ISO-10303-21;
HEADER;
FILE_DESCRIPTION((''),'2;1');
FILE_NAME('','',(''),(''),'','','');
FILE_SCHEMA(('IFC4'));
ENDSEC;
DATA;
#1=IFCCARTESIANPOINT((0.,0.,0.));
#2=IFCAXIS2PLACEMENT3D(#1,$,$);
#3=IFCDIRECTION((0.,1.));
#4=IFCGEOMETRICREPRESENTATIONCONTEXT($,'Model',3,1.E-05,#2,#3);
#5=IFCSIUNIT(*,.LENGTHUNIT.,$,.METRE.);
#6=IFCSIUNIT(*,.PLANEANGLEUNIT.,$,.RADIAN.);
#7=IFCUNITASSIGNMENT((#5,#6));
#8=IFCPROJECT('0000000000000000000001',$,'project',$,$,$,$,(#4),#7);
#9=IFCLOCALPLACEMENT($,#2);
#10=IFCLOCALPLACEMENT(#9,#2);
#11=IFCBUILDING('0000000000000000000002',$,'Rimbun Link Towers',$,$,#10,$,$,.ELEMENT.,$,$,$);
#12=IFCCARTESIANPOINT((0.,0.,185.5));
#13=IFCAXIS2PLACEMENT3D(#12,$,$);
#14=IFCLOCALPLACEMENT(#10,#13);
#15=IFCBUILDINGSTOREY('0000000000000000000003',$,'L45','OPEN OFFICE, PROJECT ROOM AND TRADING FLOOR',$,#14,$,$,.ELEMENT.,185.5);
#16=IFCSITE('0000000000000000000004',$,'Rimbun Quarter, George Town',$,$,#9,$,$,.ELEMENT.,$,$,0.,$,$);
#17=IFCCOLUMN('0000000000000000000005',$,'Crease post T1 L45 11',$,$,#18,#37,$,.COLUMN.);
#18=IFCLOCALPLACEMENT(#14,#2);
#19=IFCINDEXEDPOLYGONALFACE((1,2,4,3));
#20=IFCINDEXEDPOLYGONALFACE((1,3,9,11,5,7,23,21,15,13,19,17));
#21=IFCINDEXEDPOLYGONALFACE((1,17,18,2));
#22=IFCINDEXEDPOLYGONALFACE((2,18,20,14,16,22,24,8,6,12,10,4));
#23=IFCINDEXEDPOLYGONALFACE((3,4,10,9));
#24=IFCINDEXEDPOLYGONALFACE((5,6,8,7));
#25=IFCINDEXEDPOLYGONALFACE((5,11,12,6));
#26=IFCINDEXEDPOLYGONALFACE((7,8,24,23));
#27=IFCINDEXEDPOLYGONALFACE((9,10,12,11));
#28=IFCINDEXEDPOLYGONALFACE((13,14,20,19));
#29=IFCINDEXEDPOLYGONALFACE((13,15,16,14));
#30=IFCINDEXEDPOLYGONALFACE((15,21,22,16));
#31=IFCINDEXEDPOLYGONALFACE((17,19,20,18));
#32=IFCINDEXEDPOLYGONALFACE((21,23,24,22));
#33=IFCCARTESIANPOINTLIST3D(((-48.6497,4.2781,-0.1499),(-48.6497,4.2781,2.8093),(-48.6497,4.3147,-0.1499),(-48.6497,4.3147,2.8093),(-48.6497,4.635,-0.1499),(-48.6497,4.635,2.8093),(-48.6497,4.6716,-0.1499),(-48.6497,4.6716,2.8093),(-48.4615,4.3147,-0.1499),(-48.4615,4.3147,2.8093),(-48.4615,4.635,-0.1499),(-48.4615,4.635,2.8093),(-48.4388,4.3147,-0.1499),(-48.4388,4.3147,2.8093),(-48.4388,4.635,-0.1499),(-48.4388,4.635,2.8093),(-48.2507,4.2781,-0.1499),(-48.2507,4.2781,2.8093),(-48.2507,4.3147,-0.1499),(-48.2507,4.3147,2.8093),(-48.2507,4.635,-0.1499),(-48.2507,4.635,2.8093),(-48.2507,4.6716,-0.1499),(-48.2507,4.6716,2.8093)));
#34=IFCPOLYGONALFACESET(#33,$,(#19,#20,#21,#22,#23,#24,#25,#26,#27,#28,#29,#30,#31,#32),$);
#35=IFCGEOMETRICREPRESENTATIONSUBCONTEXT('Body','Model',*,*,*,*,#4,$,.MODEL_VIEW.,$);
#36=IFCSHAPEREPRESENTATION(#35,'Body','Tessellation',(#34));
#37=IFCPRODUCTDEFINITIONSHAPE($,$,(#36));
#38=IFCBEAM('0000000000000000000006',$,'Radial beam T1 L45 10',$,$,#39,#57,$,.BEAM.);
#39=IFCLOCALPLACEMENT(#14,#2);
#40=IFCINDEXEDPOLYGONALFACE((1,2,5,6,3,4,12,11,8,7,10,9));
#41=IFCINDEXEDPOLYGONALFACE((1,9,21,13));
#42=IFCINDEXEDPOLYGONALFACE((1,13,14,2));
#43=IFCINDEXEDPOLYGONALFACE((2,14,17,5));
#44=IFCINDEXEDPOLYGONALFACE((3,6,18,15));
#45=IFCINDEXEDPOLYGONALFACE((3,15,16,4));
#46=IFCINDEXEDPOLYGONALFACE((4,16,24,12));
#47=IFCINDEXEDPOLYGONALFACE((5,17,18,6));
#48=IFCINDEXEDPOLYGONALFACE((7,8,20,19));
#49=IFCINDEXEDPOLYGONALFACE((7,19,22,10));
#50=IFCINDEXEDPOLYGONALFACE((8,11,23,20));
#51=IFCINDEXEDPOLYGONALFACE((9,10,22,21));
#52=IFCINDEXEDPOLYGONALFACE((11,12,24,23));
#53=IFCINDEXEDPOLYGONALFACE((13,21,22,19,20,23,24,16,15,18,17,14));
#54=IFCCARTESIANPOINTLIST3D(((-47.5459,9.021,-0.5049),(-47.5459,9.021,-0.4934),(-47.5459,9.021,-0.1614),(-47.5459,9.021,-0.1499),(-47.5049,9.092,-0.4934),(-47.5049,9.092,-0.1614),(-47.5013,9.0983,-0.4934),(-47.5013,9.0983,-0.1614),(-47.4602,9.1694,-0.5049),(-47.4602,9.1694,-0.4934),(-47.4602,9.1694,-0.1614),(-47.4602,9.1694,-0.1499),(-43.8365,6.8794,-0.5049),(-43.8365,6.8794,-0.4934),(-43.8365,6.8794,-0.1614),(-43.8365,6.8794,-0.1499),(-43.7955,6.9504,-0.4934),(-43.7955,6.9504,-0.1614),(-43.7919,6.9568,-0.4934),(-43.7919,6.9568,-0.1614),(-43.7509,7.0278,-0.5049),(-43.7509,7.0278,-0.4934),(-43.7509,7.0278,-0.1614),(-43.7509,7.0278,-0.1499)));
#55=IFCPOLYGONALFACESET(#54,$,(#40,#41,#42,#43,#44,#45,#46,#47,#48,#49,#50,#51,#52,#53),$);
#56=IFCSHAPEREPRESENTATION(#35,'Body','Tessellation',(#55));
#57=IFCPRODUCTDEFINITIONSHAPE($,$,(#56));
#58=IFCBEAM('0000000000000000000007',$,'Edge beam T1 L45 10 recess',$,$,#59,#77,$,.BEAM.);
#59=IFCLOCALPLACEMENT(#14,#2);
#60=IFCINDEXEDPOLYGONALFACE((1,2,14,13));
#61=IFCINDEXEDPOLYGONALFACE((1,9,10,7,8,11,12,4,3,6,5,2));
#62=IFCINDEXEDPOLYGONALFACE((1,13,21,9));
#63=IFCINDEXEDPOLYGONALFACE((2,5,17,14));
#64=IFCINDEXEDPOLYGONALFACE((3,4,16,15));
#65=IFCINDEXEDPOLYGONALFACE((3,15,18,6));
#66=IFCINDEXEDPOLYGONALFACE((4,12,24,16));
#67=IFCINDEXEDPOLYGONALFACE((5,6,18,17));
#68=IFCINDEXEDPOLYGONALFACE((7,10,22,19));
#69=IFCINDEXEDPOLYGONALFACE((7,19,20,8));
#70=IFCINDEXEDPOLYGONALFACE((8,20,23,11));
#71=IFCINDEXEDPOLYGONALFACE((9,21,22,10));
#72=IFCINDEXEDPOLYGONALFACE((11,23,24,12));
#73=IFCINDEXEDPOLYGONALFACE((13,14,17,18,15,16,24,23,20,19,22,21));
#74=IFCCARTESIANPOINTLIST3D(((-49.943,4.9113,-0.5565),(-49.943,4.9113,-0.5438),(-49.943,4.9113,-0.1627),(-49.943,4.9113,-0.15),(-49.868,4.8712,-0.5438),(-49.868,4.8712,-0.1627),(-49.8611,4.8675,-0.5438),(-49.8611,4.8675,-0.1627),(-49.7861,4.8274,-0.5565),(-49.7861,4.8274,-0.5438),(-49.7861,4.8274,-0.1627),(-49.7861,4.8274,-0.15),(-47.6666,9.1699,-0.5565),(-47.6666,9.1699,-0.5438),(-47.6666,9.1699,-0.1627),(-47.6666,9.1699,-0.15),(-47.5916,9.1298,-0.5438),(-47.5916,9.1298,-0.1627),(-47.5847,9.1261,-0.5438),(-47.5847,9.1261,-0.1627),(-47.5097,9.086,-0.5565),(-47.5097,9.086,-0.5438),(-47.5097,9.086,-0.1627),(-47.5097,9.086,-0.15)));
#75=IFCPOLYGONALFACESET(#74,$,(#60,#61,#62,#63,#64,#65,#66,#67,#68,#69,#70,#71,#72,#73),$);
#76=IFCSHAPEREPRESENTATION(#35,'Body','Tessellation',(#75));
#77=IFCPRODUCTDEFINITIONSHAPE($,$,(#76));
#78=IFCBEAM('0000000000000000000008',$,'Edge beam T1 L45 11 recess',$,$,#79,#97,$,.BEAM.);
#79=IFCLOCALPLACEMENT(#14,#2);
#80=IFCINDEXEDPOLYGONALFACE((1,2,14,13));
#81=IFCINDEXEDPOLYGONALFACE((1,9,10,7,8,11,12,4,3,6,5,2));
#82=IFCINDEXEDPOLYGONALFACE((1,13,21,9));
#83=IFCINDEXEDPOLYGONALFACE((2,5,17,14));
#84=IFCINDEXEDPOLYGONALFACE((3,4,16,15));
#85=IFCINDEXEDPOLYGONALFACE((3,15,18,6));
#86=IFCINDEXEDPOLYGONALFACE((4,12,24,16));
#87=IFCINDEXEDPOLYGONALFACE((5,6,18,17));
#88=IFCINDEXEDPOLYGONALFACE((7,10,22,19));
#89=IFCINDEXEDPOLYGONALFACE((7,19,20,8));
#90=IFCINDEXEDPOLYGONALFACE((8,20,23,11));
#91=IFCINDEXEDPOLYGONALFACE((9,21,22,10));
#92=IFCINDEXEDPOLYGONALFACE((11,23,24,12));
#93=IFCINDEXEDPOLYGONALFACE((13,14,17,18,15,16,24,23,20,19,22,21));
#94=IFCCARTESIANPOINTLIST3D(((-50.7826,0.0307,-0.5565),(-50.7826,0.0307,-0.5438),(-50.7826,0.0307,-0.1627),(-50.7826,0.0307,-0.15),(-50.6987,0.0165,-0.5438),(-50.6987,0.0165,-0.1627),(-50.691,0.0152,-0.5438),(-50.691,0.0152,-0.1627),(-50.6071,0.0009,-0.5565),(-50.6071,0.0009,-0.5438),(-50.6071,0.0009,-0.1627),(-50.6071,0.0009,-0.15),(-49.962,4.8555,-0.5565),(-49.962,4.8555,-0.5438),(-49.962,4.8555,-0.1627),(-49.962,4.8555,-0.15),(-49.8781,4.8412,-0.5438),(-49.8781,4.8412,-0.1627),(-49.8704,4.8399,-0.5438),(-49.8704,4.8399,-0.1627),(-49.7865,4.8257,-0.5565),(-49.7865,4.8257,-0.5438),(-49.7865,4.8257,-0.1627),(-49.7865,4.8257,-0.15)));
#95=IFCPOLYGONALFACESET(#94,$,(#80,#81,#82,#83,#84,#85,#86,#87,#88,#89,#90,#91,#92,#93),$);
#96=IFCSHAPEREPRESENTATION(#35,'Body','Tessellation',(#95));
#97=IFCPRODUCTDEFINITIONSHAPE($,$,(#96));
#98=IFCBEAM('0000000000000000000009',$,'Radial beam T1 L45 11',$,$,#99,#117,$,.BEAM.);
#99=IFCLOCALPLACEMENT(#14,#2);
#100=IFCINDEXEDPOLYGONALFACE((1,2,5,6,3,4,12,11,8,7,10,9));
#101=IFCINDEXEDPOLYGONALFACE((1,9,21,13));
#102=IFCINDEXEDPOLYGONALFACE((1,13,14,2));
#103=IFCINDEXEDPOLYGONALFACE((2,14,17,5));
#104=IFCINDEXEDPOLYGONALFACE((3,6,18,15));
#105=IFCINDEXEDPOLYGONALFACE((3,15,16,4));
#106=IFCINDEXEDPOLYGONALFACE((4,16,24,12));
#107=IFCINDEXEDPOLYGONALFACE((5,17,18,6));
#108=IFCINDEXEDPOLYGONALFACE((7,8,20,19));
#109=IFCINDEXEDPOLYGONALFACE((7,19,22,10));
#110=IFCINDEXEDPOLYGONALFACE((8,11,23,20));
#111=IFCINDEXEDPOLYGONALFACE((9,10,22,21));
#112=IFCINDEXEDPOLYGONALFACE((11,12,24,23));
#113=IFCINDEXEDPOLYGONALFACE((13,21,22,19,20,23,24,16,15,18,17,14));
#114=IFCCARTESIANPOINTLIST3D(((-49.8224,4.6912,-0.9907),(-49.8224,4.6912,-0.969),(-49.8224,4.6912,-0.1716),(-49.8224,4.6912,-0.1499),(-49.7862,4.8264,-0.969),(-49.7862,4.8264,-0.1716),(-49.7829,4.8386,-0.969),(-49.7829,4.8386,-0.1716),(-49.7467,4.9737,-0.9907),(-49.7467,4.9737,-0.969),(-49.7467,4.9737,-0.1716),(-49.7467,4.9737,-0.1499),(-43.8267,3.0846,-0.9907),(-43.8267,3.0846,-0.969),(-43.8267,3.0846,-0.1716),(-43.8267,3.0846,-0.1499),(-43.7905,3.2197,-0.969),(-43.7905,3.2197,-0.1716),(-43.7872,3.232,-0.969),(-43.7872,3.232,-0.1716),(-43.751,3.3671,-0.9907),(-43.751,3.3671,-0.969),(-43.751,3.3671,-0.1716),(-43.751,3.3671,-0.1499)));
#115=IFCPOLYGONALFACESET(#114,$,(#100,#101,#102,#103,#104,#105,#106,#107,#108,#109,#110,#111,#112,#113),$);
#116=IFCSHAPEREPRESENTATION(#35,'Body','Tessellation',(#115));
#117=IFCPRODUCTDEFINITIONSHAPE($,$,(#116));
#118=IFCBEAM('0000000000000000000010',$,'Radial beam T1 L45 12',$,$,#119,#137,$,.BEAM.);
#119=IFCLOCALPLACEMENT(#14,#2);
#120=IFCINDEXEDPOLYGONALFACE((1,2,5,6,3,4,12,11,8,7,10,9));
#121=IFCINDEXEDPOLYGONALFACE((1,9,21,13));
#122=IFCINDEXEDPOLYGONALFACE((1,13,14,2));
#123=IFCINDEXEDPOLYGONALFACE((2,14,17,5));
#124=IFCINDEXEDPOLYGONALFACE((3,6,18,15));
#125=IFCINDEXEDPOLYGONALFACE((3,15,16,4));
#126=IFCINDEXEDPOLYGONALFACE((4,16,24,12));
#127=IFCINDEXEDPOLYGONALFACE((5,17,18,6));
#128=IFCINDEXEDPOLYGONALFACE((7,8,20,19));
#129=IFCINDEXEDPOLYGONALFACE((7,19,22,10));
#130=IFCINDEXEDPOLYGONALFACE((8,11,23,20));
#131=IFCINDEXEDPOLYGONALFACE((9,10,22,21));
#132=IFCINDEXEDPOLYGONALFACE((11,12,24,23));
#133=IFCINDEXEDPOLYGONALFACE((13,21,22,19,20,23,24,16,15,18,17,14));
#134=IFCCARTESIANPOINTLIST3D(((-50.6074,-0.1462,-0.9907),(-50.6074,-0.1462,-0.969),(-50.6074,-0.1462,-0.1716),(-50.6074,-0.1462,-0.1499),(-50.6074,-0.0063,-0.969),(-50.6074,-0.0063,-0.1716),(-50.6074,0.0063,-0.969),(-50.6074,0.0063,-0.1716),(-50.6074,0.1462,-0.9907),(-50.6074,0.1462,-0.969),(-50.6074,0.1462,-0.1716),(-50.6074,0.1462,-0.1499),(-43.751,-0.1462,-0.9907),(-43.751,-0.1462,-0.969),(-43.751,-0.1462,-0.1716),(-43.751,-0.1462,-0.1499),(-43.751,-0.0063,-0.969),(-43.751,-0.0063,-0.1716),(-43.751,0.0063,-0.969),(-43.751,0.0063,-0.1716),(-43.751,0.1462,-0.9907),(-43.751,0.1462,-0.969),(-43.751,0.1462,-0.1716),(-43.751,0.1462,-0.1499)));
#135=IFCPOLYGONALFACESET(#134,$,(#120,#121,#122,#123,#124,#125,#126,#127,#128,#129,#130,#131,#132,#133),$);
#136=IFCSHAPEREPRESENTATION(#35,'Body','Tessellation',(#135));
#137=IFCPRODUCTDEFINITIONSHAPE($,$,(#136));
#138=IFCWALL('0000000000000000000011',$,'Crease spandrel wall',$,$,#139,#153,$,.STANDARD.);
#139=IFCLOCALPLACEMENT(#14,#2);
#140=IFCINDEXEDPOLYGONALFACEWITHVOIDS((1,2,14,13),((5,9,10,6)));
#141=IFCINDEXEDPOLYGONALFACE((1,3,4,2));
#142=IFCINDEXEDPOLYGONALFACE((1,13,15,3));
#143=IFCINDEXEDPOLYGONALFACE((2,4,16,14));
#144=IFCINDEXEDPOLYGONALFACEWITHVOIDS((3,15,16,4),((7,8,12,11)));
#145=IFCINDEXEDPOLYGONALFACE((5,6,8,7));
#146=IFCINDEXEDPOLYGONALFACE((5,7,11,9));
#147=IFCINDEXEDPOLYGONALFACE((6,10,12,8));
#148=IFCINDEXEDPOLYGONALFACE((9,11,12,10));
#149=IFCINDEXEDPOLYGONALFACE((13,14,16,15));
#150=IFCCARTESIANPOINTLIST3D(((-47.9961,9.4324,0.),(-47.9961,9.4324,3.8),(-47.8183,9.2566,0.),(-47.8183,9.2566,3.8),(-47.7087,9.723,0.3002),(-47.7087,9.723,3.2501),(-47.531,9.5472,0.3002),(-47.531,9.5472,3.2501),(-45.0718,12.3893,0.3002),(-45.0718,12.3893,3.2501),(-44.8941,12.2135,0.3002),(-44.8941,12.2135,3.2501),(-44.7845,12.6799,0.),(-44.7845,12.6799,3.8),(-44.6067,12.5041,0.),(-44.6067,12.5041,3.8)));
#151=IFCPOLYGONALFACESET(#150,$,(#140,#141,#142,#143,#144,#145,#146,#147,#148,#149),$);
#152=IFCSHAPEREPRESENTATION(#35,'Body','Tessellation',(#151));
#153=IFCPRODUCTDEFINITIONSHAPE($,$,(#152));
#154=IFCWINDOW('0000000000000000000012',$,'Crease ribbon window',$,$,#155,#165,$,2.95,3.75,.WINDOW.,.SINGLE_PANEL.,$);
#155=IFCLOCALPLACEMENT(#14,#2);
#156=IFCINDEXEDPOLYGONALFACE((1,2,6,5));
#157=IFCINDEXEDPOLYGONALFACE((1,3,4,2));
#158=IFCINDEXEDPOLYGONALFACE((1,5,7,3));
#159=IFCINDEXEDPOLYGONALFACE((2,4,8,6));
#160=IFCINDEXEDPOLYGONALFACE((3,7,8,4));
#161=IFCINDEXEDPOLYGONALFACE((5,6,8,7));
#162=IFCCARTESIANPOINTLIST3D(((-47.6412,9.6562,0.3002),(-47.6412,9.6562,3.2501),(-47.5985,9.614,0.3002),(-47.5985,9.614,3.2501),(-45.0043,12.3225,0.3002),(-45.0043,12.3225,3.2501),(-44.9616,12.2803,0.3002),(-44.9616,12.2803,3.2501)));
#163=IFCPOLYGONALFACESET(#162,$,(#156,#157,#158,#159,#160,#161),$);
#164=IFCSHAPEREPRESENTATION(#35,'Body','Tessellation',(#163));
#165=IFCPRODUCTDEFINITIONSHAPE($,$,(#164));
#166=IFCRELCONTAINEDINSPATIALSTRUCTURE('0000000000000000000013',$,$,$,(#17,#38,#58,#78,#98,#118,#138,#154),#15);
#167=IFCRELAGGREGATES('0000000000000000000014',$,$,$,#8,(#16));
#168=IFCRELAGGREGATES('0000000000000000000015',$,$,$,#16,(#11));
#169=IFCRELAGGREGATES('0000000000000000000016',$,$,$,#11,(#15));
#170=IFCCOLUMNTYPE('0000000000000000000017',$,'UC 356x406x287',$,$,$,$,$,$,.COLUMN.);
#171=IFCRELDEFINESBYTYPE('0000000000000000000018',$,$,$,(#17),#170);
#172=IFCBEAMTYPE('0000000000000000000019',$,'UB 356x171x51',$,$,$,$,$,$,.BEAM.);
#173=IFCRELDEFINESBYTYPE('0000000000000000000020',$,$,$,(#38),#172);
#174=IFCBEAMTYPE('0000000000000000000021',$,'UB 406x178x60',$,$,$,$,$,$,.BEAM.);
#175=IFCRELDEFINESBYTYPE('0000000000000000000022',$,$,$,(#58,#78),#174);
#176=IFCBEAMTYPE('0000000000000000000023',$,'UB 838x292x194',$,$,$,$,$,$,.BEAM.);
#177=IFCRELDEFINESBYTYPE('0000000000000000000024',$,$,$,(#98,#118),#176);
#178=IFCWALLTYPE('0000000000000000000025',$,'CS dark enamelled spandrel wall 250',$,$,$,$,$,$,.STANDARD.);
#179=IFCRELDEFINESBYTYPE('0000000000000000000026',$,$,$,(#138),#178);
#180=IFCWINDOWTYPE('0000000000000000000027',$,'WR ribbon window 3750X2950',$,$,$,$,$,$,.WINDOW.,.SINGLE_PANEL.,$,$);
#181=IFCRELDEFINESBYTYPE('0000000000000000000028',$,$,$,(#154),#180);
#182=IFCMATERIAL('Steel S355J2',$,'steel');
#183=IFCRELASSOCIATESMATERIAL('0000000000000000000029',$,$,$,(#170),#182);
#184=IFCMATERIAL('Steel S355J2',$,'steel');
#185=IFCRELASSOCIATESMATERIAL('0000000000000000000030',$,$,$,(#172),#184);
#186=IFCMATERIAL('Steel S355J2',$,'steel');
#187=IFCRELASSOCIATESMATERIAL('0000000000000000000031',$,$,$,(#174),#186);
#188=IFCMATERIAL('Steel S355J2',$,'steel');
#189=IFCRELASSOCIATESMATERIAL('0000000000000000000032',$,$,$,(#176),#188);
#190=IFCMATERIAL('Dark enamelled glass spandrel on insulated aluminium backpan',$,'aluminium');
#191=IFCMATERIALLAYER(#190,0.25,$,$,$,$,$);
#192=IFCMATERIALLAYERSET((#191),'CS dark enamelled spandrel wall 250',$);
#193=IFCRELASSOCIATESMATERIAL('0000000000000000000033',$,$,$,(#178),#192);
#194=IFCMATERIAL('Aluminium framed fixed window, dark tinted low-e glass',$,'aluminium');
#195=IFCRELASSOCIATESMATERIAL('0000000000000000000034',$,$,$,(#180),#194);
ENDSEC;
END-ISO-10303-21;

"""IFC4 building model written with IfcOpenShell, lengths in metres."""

from ifc_helpers import new_model, si_unit, direction, frame, frame_2d, origin, origin_2d, place, context, subcontext, project, spatial, rectangle, i_section, extrude, material, layer, layer_set, material_profile, profile_set, type_object, element, fill, save


model = new_model("IFC4")

# Units and contexts
model_context = context("Model", 3, precision=1e-05, world=origin(), true_north=direction((0.0, 1.0)))
body_context = subcontext(model_context, "Body", "Model", "MODEL_VIEW")
ifc_project = project(units=[si_unit("LENGTHUNIT", "METRE"), si_unit("PLANEANGLEUNIT", "RADIAN")], contexts=[model_context])

# Site, building, storey
site_placement = place(None, origin())
site = spatial("IfcSite", under=ifc_project, at=site_placement, Name="Rimbun Quarter, George Town", CompositionType="ELEMENT", RefElevation=0.0)
building_placement = place(site_placement, origin())
building = spatial("IfcBuilding", under=site, at=building_placement, Name="Rimbun Link Towers", CompositionType="ELEMENT")
storey_placement = place(building_placement, frame((0.0, 0.0, 185.5)))
storey = spatial("IfcBuildingStorey", under=building, at=storey_placement, Name="L45", Description="OPEN OFFICE, PROJECT ROOM AND TRADING FLOOR", CompositionType="ELEMENT", Elevation=185.5)

# Column
ifc_material_1 = material(Name="Steel S355J2", Category="steel")
ifc_material_profile_1 = material_profile(ifc_material_1, i_section(OverallWidth=0.3989, OverallDepth=0.3936, WebThickness=0.0227, FlangeThickness=0.0366, at=origin_2d()), Name="UC 356x406x287")
ifc_profile_set_1 = profile_set([ifc_material_profile_1], Name="Steel S355J2")
column_type = type_object("IfcColumnType", Name="UC 356x406x287", PredefinedType="COLUMN", material=ifc_profile_set_1)
column_placement = place(storey_placement, frame((-48.4502, 4.4749, -0.1499), z_axis=(0.0, 0.0, 1.0), x_axis=(1.0, 0.0, 0.0)))
element("IfcColumn", 1, at=column_placement, inside=storey, type_object=column_type, Name="Crease post T1 L45 11", PredefinedType="COLUMN", context=body_context, shape_type="SweptSolid", body=[
    extrude(i_section(OverallWidth=0.3989, OverallDepth=0.3936, WebThickness=0.0227, FlangeThickness=0.0366, at=origin_2d()), origin(), (0.0, 0.0, 1.0), 2.9592),
])

# Beams
ifc_material_2 = material(Name="Steel S355J2", Category="steel")
ifc_material_profile_2 = material_profile(ifc_material_2, i_section(OverallWidth=0.1714, OverallDepth=0.355, WebThickness=0.0073, FlangeThickness=0.0115, at=origin_2d()), Name="UB 356x171x51")
ifc_profile_set_2 = profile_set([ifc_material_profile_2], Name="Steel S355J2")
beam_type_1 = type_object("IfcBeamType", Name="UB 356x171x51", PredefinedType="BEAM", material=ifc_profile_set_2)
beam_1_placement = place(storey_placement, frame((-43.7937, 6.9536, -0.3274), z_axis=(-0.866032, 0.499989, 0.0), x_axis=(-0.499989, -0.866032, 0.0)))
element("IfcBeam", 2, at=beam_1_placement, inside=storey, type_object=beam_type_1, Name="Radial beam T1 L45 10", PredefinedType="BEAM", context=body_context, shape_type="SweptSolid", body=[
    extrude(i_section(OverallWidth=0.1714, OverallDepth=0.355, WebThickness=0.0073, FlangeThickness=0.0115, at=origin_2d()), origin(), (0.0, 0.0, 1.0), 4.2832),
])
ifc_material_3 = material(Name="Steel S355J2", Category="steel")
ifc_material_profile_3 = material_profile(ifc_material_3, i_section(OverallWidth=0.178, OverallDepth=0.4065, WebThickness=0.0078, FlangeThickness=0.0127, at=origin_2d()), Name="UB 406x178x60")
ifc_profile_set_3 = profile_set([ifc_material_profile_3], Name="Steel S355J2")
beam_type_2 = type_object("IfcBeamType", Name="UB 406x178x60", PredefinedType="BEAM", material=ifc_profile_set_3)
beam_2_placement = place(storey_placement, frame((-47.5881, 9.1279, -0.3533), z_axis=(-0.471417, -0.88191, 0.0), x_axis=(0.88191, -0.471417, 0.0)))
element("IfcBeam", 3, at=beam_2_placement, inside=storey, type_object=beam_type_2, Name="Edge beam T1 L45 10 recess", PredefinedType="BEAM", context=body_context, shape_type="SweptSolid", body=[
    extrude(i_section(OverallWidth=0.178, OverallDepth=0.4065, WebThickness=0.0078, FlangeThickness=0.0127, at=origin_2d()), origin(), (0.0, 0.0, 1.0), 4.8289),
])
beam_3_placement = place(storey_placement, frame((-49.8743, 4.8406, -0.3533), z_axis=(-0.167666, -0.985844, 0.0), x_axis=(0.985844, -0.167666, 0.0)))
element("IfcBeam", 4, at=beam_3_placement, inside=storey, type_object=beam_type_2, Name="Edge beam T1 L45 11 recess", PredefinedType="BEAM", context=body_context, shape_type="SweptSolid", body=[
    extrude(i_section(OverallWidth=0.178, OverallDepth=0.4065, WebThickness=0.0078, FlangeThickness=0.0127, at=origin_2d()), origin(), (0.0, 0.0, 1.0), 4.894),
])
ifc_material_4 = material(Name="Steel S355J2", Category="steel")
ifc_material_profile_4 = material_profile(ifc_material_4, i_section(OverallWidth=0.2925, OverallDepth=0.8408, WebThickness=0.0127, FlangeThickness=0.0217, at=origin_2d()), Name="UB 838x292x194")
ifc_profile_set_4 = profile_set([ifc_material_profile_4], Name="Steel S355J2")
beam_type_3 = type_object("IfcBeamType", Name="UB 838x292x194", PredefinedType="BEAM", material=ifc_profile_set_4)
beam_4_placement = place(storey_placement, frame((-43.7888, 3.2258, -0.5703), z_axis=(-0.965922, 0.258835, 0.0), x_axis=(-0.258835, -0.965922, 0.0)))
element("IfcBeam", 5, at=beam_4_placement, inside=storey, type_object=beam_type_3, Name="Radial beam T1 L45 11", PredefinedType="BEAM", context=body_context, shape_type="SweptSolid", body=[
    extrude(i_section(OverallWidth=0.2925, OverallDepth=0.8408, WebThickness=0.0127, FlangeThickness=0.0217, at=origin_2d()), origin(), (0.0, 0.0, 1.0), 6.2073),
])
beam_5_placement = place(storey_placement, frame((-43.751, 0.0, -0.5703), z_axis=(-1.0, 0.0, 0.0), x_axis=(0.0, -1.0, 0.0)))
element("IfcBeam", 6, at=beam_5_placement, inside=storey, type_object=beam_type_3, Name="Radial beam T1 L45 12", PredefinedType="BEAM", context=body_context, shape_type="SweptSolid", body=[
    extrude(i_section(OverallWidth=0.2925, OverallDepth=0.8408, WebThickness=0.0127, FlangeThickness=0.0217, at=origin_2d()), origin(), (0.0, 0.0, 1.0), 6.8564),
])

# Wall, opening, window
ifc_material_5 = material(Name="Dark enamelled glass spandrel on insulated aluminium backpan", Category="aluminium")
ifc_layer_1 = layer(ifc_material_5, 0.25)
ifc_layer_set_1 = layer_set([ifc_layer_1], Name="CS dark enamelled spandrel wall 250")
wall_type_1 = type_object("IfcWallType", Name="CS dark enamelled spandrel wall 250", PredefinedType="STANDARD", material=ifc_layer_set_1)
wall_1_placement = place(storey_placement, frame((-47.9072, 9.3445, 0.0), z_axis=(0.0, 0.0, 1.0), x_axis=(0.703167, 0.711025, 0.0)))
wall_1 = element("IfcWall", 7, at=wall_1_placement, inside=storey, type_object=wall_type_1, Name="Crease spandrel wall", PredefinedType="STANDARD", context=body_context, shape_type="SweptSolid", body=[
    extrude(rectangle(XDim=4.5674, YDim=0.25, at=frame_2d((2.2837, 0.0))), origin(), (0.0, 0.0, 1.0), 3.8),
])
opening_1_placement = place(wall_1_placement, frame((0.4087, 0.0, 0.3)))
opening_1 = element("IfcOpeningElement", 8, at=opening_1_placement, cuts=wall_1, PredefinedType="OPENING", context=body_context, shape_type="SweptSolid", body=[
    extrude(rectangle(XDim=3.75, YDim=2.95, at=frame_2d((1.875, 1.4751))), frame((0.0, 0.135, 0.0), z_axis=(0.0, -1.0, 0.0), x_axis=(1.0, 0.0, 0.0)), (0.0, 0.0, 1.0), 0.27),
])
ifc_material_6 = material(Name="Aluminium framed fixed window, dark tinted low-e glass", Category="aluminium")
window_type_1 = type_object("IfcWindowType", Name="WR ribbon window 3750X2950", PartitioningType="SINGLE_PANEL", PredefinedType="WINDOW", material=ifc_material_6)
window_1_placement = place(opening_1_placement, origin())
window_1 = element("IfcWindow", 9, at=window_1_placement, inside=storey, type_object=window_type_1, Name="Crease ribbon window", OverallHeight=2.95, OverallWidth=3.75, PartitioningType="SINGLE_PANEL", PredefinedType="WINDOW", context=body_context, shape_type="SweptSolid", body=[
    extrude(rectangle(XDim=3.75, YDim=2.95, at=frame_2d((1.875, 1.4751))), frame((0.0, 0.03, 0.0), z_axis=(0.0, -1.0, 0.0), x_axis=(1.0, 0.0, 0.0)), (0.0, 0.0, 1.0), 0.0601),
])
fill(opening_1, window_1)

save(model, "model.ifc")
